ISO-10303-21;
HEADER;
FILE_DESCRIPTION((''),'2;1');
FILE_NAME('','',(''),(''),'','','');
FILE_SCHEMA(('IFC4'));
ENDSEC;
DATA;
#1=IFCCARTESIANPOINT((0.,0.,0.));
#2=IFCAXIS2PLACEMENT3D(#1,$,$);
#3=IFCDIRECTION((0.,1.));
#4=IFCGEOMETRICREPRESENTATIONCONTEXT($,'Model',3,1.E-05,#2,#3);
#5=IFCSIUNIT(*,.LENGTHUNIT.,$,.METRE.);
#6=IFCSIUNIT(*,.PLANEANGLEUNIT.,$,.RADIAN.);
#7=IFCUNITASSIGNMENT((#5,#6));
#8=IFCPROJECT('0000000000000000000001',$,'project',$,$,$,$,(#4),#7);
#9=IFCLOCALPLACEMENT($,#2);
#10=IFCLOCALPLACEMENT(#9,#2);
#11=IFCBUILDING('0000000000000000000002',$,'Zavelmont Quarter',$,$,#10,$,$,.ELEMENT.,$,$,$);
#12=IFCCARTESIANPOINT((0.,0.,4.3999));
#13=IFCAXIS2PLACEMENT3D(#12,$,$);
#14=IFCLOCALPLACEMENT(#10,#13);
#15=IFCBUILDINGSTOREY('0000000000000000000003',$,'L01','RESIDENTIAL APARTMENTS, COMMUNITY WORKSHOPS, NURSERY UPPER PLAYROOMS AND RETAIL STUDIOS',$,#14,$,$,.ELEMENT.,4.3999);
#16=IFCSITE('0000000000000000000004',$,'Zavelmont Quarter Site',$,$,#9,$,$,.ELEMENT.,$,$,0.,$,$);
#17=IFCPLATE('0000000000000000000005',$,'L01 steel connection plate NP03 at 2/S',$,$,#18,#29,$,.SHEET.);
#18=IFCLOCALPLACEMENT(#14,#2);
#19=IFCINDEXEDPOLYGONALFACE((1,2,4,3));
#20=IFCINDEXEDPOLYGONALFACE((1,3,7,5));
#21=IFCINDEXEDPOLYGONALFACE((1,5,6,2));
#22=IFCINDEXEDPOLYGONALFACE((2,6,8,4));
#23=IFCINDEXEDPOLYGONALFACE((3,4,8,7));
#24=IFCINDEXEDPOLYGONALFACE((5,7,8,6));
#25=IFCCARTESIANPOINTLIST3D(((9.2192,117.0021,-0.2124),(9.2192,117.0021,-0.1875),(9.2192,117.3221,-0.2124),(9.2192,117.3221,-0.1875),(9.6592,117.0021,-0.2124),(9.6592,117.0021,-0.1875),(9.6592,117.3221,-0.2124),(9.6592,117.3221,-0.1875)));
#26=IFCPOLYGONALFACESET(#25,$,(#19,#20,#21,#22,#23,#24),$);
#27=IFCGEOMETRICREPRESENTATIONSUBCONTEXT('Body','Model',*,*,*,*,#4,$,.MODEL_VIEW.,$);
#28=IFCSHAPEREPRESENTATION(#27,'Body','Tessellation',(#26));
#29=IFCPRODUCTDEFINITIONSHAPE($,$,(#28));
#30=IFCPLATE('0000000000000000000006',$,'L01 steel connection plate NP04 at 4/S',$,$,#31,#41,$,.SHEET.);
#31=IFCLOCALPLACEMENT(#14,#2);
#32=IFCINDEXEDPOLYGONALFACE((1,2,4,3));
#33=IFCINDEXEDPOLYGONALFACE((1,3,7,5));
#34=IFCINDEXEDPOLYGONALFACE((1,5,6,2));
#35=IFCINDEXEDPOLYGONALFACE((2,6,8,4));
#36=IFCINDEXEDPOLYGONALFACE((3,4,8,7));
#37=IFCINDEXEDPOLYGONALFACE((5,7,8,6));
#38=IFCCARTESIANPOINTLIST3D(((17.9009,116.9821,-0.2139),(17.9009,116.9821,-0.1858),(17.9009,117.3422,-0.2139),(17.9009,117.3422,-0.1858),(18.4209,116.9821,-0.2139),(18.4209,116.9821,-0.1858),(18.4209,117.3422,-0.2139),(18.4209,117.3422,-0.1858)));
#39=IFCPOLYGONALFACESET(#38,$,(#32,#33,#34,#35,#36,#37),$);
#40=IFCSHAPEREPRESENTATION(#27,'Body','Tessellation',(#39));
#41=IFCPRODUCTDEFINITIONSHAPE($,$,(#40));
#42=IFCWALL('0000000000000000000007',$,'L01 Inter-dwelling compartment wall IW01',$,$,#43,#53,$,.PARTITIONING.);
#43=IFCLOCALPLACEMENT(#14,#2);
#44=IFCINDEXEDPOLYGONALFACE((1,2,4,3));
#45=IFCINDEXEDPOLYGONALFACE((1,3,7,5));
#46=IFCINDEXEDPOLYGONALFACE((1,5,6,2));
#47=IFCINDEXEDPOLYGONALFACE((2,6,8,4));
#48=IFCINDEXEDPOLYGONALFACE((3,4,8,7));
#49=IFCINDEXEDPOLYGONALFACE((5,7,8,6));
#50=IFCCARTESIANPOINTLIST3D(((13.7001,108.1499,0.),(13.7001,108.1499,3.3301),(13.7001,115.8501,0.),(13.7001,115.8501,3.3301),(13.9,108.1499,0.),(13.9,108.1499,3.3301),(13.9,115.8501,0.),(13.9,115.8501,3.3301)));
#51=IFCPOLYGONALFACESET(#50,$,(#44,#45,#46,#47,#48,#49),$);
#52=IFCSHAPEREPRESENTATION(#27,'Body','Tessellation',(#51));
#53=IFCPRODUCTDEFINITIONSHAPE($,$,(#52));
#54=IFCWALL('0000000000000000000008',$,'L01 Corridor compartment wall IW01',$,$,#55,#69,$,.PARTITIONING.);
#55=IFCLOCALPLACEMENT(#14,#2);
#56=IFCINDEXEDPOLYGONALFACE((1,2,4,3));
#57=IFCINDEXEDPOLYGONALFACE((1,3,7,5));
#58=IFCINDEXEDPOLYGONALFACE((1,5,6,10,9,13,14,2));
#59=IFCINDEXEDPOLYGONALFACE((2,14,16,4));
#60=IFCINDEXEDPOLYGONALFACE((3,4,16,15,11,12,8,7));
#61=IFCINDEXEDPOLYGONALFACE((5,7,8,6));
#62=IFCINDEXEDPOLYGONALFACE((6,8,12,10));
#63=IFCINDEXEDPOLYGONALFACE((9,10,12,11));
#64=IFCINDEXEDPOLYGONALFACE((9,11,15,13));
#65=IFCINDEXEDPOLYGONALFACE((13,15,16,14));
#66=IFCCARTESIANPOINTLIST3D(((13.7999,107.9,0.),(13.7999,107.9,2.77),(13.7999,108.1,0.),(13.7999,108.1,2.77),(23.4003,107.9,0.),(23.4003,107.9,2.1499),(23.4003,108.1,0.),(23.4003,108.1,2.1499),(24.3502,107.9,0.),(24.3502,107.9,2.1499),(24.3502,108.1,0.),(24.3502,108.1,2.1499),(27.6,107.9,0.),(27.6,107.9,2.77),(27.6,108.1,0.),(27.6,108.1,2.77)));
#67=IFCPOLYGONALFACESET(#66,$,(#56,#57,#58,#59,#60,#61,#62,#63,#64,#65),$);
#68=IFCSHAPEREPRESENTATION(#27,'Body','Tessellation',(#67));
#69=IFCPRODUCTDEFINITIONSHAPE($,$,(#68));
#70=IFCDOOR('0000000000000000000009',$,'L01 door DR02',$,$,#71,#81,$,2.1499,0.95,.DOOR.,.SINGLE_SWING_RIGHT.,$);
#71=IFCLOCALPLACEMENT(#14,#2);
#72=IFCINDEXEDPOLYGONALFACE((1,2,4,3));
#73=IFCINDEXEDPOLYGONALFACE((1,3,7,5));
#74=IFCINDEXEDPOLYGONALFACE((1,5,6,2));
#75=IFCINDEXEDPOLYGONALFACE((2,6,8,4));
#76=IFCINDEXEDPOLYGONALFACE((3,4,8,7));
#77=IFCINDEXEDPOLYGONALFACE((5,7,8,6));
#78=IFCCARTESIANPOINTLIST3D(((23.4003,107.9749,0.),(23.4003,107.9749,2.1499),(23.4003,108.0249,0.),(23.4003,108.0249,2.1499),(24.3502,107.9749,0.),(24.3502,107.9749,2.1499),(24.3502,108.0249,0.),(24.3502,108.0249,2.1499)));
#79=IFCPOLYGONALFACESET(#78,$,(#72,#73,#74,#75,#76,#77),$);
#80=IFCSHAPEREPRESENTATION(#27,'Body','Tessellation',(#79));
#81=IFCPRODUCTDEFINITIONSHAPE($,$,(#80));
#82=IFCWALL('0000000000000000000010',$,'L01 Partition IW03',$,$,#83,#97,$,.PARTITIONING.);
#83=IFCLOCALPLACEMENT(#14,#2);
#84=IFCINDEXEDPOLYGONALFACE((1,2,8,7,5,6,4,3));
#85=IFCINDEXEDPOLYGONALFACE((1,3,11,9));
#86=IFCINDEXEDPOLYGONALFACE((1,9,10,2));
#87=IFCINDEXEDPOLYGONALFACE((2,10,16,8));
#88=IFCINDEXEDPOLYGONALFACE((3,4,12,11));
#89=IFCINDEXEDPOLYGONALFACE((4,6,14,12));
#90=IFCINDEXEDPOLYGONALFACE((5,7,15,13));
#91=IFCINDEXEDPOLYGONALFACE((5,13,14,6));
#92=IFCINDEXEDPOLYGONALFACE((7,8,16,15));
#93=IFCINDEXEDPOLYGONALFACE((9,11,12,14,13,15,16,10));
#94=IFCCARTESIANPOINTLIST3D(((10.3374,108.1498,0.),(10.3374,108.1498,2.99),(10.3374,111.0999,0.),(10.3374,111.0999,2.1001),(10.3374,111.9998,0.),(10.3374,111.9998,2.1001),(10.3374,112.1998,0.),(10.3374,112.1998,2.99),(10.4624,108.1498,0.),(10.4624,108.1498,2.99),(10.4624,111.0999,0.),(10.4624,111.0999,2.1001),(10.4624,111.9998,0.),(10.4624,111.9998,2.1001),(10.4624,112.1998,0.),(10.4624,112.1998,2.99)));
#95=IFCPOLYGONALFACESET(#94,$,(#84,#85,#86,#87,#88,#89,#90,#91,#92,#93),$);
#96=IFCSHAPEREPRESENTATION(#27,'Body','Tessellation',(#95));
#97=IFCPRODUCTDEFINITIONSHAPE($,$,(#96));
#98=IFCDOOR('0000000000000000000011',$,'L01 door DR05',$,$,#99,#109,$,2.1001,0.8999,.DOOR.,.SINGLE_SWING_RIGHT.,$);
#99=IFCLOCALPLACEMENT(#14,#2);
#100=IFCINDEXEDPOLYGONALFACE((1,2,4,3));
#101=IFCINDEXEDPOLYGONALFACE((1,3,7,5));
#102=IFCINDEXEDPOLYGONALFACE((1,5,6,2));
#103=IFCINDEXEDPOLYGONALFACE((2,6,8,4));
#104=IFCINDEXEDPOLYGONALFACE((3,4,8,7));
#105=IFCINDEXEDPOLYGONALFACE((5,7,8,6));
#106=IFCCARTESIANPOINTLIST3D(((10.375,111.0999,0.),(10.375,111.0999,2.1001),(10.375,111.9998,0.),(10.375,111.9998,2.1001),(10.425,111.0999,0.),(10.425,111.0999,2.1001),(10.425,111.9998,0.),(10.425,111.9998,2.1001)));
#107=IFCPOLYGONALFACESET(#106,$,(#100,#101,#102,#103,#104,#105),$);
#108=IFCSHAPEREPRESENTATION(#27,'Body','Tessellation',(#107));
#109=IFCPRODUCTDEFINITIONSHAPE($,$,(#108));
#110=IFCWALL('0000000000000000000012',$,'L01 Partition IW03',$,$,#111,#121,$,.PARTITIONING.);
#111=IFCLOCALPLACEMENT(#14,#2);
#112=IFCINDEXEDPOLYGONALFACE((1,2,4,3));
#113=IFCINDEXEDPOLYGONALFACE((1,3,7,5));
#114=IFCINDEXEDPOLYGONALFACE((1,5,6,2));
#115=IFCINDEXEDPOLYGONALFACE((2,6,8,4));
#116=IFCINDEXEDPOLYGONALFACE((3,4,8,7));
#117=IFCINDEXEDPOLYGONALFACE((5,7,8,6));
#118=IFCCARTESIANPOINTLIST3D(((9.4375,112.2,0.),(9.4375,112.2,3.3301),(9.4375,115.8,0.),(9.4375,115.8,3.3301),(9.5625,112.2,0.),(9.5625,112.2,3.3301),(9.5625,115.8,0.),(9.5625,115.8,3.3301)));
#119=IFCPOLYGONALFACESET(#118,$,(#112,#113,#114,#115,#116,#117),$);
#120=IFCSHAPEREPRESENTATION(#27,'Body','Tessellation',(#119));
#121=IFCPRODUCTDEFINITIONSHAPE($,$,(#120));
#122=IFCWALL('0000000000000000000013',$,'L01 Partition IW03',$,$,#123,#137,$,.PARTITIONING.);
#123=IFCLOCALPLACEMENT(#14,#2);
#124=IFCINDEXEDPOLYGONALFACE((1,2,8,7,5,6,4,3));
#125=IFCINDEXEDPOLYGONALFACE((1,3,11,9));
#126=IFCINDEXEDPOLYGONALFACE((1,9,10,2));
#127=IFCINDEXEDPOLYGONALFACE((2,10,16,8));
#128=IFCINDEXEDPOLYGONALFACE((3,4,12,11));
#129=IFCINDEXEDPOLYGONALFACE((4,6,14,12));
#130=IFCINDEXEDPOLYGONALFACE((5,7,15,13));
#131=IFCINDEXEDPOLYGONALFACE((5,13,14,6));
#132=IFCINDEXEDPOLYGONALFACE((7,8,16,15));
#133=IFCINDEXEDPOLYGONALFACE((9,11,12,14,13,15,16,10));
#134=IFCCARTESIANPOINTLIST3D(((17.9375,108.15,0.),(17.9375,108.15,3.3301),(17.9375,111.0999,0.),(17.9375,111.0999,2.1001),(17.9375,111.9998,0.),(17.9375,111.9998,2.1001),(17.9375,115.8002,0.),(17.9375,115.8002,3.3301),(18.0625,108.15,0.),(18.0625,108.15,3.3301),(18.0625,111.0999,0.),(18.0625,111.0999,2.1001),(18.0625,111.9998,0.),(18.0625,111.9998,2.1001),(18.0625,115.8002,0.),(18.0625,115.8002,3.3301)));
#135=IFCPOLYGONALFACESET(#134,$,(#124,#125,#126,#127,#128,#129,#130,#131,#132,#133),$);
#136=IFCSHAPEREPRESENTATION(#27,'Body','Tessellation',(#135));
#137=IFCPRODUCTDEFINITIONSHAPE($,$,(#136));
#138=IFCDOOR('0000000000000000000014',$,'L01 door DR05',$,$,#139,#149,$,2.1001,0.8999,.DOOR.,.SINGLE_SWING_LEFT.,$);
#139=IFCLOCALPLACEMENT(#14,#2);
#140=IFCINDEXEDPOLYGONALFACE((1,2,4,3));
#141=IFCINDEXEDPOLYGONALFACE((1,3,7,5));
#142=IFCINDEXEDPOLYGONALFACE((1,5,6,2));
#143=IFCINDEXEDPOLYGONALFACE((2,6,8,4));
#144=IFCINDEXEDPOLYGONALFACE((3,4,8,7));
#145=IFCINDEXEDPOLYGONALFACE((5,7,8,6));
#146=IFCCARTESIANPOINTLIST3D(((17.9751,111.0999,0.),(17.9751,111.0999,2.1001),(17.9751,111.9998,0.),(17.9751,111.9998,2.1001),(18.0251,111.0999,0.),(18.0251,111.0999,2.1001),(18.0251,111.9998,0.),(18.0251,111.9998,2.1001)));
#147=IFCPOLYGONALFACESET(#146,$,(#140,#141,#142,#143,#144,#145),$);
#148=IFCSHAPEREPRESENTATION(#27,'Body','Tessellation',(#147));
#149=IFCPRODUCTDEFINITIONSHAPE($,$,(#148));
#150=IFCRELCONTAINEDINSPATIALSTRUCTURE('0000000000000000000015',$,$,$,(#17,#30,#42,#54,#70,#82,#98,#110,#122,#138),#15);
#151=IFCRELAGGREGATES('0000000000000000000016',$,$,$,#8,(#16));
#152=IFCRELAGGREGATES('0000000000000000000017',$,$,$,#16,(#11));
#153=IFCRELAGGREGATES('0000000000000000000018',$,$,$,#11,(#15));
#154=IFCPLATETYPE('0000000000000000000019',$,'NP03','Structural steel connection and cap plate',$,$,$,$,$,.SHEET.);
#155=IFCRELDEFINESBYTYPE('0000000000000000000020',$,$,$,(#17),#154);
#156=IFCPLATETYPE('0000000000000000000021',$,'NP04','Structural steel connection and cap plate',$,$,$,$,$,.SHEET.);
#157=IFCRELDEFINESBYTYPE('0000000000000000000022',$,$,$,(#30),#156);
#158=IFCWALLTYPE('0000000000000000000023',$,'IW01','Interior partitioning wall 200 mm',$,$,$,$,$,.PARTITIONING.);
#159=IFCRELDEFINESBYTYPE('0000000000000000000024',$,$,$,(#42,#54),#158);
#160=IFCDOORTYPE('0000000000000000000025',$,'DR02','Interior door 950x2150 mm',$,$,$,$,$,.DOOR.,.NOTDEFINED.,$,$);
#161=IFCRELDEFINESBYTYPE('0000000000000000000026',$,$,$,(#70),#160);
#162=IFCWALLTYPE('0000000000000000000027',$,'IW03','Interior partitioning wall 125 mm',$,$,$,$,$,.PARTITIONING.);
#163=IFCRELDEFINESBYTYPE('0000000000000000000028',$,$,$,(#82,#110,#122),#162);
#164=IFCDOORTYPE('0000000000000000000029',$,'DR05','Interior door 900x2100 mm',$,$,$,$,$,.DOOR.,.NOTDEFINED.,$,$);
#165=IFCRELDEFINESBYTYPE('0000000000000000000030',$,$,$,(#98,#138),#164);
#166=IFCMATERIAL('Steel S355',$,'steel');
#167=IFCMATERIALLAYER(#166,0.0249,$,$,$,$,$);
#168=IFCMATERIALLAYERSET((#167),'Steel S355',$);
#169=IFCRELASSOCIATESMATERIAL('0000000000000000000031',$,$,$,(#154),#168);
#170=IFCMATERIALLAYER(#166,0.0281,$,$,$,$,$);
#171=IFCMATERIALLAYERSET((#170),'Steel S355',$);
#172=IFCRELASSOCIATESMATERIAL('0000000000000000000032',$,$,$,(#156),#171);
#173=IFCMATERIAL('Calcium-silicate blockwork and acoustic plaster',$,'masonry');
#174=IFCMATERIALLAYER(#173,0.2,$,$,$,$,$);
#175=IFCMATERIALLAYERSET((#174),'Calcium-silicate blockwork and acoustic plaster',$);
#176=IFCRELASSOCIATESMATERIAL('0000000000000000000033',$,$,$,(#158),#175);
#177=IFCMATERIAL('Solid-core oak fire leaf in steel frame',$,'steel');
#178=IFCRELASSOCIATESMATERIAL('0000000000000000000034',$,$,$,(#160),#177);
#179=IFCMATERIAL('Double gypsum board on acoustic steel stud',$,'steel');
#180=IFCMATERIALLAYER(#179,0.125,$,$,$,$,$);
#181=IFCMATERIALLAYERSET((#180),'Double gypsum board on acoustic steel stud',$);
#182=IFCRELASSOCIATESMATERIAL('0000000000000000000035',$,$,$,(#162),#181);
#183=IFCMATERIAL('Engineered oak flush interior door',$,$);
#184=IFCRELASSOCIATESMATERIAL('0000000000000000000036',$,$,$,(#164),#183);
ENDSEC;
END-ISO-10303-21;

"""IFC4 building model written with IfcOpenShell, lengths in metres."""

from ifc_helpers import new_model, si_unit, direction, frame, frame_2d, origin, origin_with_axes, origin_2d, place, context, subcontext, project, spatial, rectangle, extrude, material, layer, layer_set, type_object, element, fill, save


model = new_model("IFC4")

# Units and contexts
model_context = context("Model", 3, precision=1e-05, world=origin(), true_north=direction((0.0, 1.0)))
body_context = subcontext(model_context, "Body", "Model", "MODEL_VIEW")
ifc_project = project(units=[si_unit("LENGTHUNIT", "METRE"), si_unit("PLANEANGLEUNIT", "RADIAN")], contexts=[model_context])

# Site, building, storey
site_placement = place(None, origin())
site = spatial("IfcSite", under=ifc_project, at=site_placement, Name="Zavelmont Quarter Site", CompositionType="ELEMENT", RefElevation=0.0)
building_placement = place(site_placement, origin())
building = spatial("IfcBuilding", under=site, at=building_placement, Name="Zavelmont Quarter", CompositionType="ELEMENT")
storey_placement = place(building_placement, frame((0.0, 0.0, 4.3999)))
storey = spatial("IfcBuildingStorey", under=building, at=storey_placement, Name="L01", Description="RESIDENTIAL APARTMENTS, COMMUNITY WORKSHOPS, NURSERY UPPER PLAYROOMS AND RETAIL STUDIOS", CompositionType="ELEMENT", Elevation=4.3999)

# Shared definitions
ifc_material_1 = material(Name="Steel S355", Category="steel")

# Plates
ifc_layer_1 = layer(ifc_material_1, 0.0249)
ifc_layer_set_1 = layer_set([ifc_layer_1], Name="Steel S355")
plate_type_1 = type_object("IfcPlateType", Name="NP03", Description="Structural steel connection and cap plate", PredefinedType="SHEET", material=ifc_layer_set_1)
plate_1_placement = place(storey_placement, frame((9.4392, 117.1621, -0.2124), z_axis=(0.0, 0.0, 1.0), x_axis=(1.0, 0.0, 0.0)))
element("IfcPlate", 1, at=plate_1_placement, inside=storey, type_object=plate_type_1, Name="L01 steel connection plate NP03 at 2/S", PredefinedType="SHEET", context=body_context, shape_type="SweptSolid", body=[
    extrude(rectangle(XDim=0.4399, YDim=0.3201, at=origin_2d()), origin(), (0.0, 0.0, 1.0), 0.0249),
])
ifc_layer_2 = layer(ifc_material_1, 0.0281)
ifc_layer_set_2 = layer_set([ifc_layer_2], Name="Steel S355")
plate_type_2 = type_object("IfcPlateType", Name="NP04", Description="Structural steel connection and cap plate", PredefinedType="SHEET", material=ifc_layer_set_2)
plate_2_placement = place(storey_placement, frame((18.1609, 117.1621, -0.2139), z_axis=(0.0, 0.0, 1.0), x_axis=(1.0, 0.0, 0.0)))
element("IfcPlate", 2, at=plate_2_placement, inside=storey, type_object=plate_type_2, Name="L01 steel connection plate NP04 at 4/S", PredefinedType="SHEET", context=body_context, shape_type="SweptSolid", body=[
    extrude(rectangle(XDim=0.52, YDim=0.3601, at=origin_2d()), origin(), (0.0, 0.0, 1.0), 0.0281),
])

# Wall
ifc_material_2 = material(Name="Calcium-silicate blockwork and acoustic plaster", Category="masonry")
ifc_layer_3 = layer(ifc_material_2, 0.2)
ifc_layer_set_3 = layer_set([ifc_layer_3], Name="Calcium-silicate blockwork and acoustic plaster")
wall_type_1 = type_object("IfcWallType", Name="IW01", Description="Interior partitioning wall 200 mm", PredefinedType="PARTITIONING", material=ifc_layer_set_3)
wall_1_placement = place(storey_placement, frame((13.8, 108.1499, 0.0), z_axis=(0.0, 0.0, 1.0), x_axis=(0.0, 1.0, 0.0)))
element("IfcWall", 3, at=wall_1_placement, inside=storey, type_object=wall_type_1, Name="L01 Inter-dwelling compartment wall IW01", PredefinedType="PARTITIONING", context=body_context, shape_type="SweptSolid", body=[
    extrude(rectangle(XDim=7.7002, YDim=0.2, at=frame_2d((3.8501, 0.0))), origin(), (0.0, 0.0, 1.0), 3.3301),
])

# Walls, openings, doors
wall_2_placement = place(storey_placement, frame((13.8, 108.0, 0.0), z_axis=(0.0, 0.0, 1.0), x_axis=(1.0, 0.0, 0.0)))
wall_2 = element("IfcWall", 4, at=wall_2_placement, inside=storey, type_object=wall_type_1, Name="L01 Corridor compartment wall IW01", PredefinedType="PARTITIONING", context=body_context, shape_type="SweptSolid", body=[
    extrude(rectangle(XDim=13.8, YDim=0.2, at=frame_2d((6.8999, 0.0))), origin(), (0.0, 0.0, 1.0), 2.77),
])
opening_1_placement = place(wall_2_placement, frame((9.6001, 0.0, 0.0)))
opening_1 = element("IfcOpeningElement", 5, at=opening_1_placement, cuts=wall_2, PredefinedType="OPENING", context=body_context, shape_type="SweptSolid", body=[
    extrude(rectangle(XDim=0.95, YDim=2.1499, at=frame_2d((0.4751, 1.075))), frame((0.0, 0.1118, 0.0), z_axis=(0.0, -1.0, 0.0), x_axis=(1.0, 0.0, 0.0)), (0.0, 0.0, 1.0), 0.2239),
])
ifc_material_3 = material(Name="Solid-core oak fire leaf in steel frame", Category="steel")
door_type_1 = type_object("IfcDoorType", Name="DR02", Description="Interior door 950x2150 mm", OperationType="NOTDEFINED", PredefinedType="DOOR", material=ifc_material_3)
door_1_placement = place(opening_1_placement, origin_with_axes())
door_1 = element("IfcDoor", 6, at=door_1_placement, inside=storey, type_object=door_type_1, Name="L01 door DR02", OperationType="SINGLE_SWING_RIGHT", OverallHeight=2.1499, OverallWidth=0.95, PredefinedType="DOOR", context=body_context, shape_type="SweptSolid", body=[
    extrude(rectangle(XDim=0.95, YDim=2.1499, at=frame_2d((0.4751, 1.075))), frame((0.0, 0.0249, 0.0), z_axis=(0.0, -1.0, 0.0), x_axis=(1.0, 0.0, 0.0)), (0.0, 0.0, 1.0), 0.05),
])
fill(opening_1, door_1)
ifc_material_4 = material(Name="Double gypsum board on acoustic steel stud", Category="steel")
ifc_layer_4 = layer(ifc_material_4, 0.125)
ifc_layer_set_4 = layer_set([ifc_layer_4], Name="Double gypsum board on acoustic steel stud")
wall_type_2 = type_object("IfcWallType", Name="IW03", Description="Interior partitioning wall 125 mm", PredefinedType="PARTITIONING", material=ifc_layer_set_4)
wall_3_placement = place(storey_placement, frame((10.3999, 108.1499, 0.0), z_axis=(0.0, 0.0, 1.0), x_axis=(0.0, 1.0, 0.0)))
wall_3 = element("IfcWall", 7, at=wall_3_placement, inside=storey, type_object=wall_type_2, Name="L01 Partition IW03", PredefinedType="PARTITIONING", context=body_context, shape_type="SweptSolid", body=[
    extrude(rectangle(XDim=4.05, YDim=0.125, at=frame_2d((2.0249, 0.0))), origin(), (0.0, 0.0, 1.0), 2.99),
])
opening_2_placement = place(wall_3_placement, frame((2.95, 0.0, 0.0)))
opening_2 = element("IfcOpeningElement", 8, at=opening_2_placement, cuts=wall_3, PredefinedType="OPENING", context=body_context, shape_type="SweptSolid", body=[
    extrude(rectangle(XDim=0.8999, YDim=2.1001, at=frame_2d((0.45, 1.05))), frame((0.0, 0.0745, 0.0), z_axis=(0.0, -1.0, 0.0), x_axis=(1.0, 0.0, 0.0)), (0.0, 0.0, 1.0), 0.1489),
])
ifc_material_5 = material(Name="Engineered oak flush interior door")
door_type_2 = type_object("IfcDoorType", Name="DR05", Description="Interior door 900x2100 mm", OperationType="NOTDEFINED", PredefinedType="DOOR", material=ifc_material_5)
door_2_placement = place(opening_2_placement, origin_with_axes())
door_2 = element("IfcDoor", 9, at=door_2_placement, inside=storey, type_object=door_type_2, Name="L01 door DR05", OperationType="SINGLE_SWING_RIGHT", OverallHeight=2.1001, OverallWidth=0.8999, PredefinedType="DOOR", context=body_context, shape_type="SweptSolid", body=[
    extrude(rectangle(XDim=0.8999, YDim=2.1001, at=frame_2d((0.45, 1.05))), frame((0.0, 0.0249, 0.0), z_axis=(0.0, -1.0, 0.0), x_axis=(1.0, 0.0, 0.0)), (0.0, 0.0, 1.0), 0.05),
])
fill(opening_2, door_2)

# Wall
wall_4_placement = place(storey_placement, frame((9.5, 112.2, 0.0), z_axis=(0.0, 0.0, 1.0), x_axis=(0.0, 1.0, 0.0)))
element("IfcWall", 10, at=wall_4_placement, inside=storey, type_object=wall_type_2, Name="L01 Partition IW03", PredefinedType="PARTITIONING", context=body_context, shape_type="SweptSolid", body=[
    extrude(rectangle(XDim=3.6001, YDim=0.125, at=frame_2d((1.8, 0.0))), origin(), (0.0, 0.0, 1.0), 3.3301),
])

# Wall, opening, door
wall_5_placement = place(storey_placement, frame((18.0, 108.1499, 0.0), z_axis=(0.0, 0.0, 1.0), x_axis=(0.0, 1.0, 0.0)))
wall_5 = element("IfcWall", 11, at=wall_5_placement, inside=storey, type_object=wall_type_2, Name="L01 Partition IW03", PredefinedType="PARTITIONING", context=body_context, shape_type="SweptSolid", body=[
    extrude(rectangle(XDim=7.6501, YDim=0.125, at=frame_2d((3.8252, 0.0))), origin(), (0.0, 0.0, 1.0), 3.3301),
])
opening_3_placement = place(wall_5_placement, frame((2.95, 0.0, 0.0)))
opening_3 = element("IfcOpeningElement", 12, at=opening_3_placement, cuts=wall_5, PredefinedType="OPENING", context=body_context, shape_type="SweptSolid", body=[
    extrude(rectangle(XDim=0.8999, YDim=2.1001, at=frame_2d((0.45, 1.05))), frame((0.0, 0.0745, 0.0), z_axis=(0.0, -1.0, 0.0), x_axis=(1.0, 0.0, 0.0)), (0.0, 0.0, 1.0), 0.1489),
])
door_3_placement = place(opening_3_placement, origin_with_axes())
door_3 = element("IfcDoor", 13, at=door_3_placement, inside=storey, type_object=door_type_2, Name="L01 door DR05", OperationType="SINGLE_SWING_LEFT", OverallHeight=2.1001, OverallWidth=0.8999, PredefinedType="DOOR", context=body_context, shape_type="SweptSolid", body=[
    extrude(rectangle(XDim=0.8999, YDim=2.1001, at=frame_2d((0.45, 1.05))), frame((0.0, 0.0249, 0.0), z_axis=(0.0, -1.0, 0.0), x_axis=(1.0, 0.0, 0.0)), (0.0, 0.0, 1.0), 0.05),
])
fill(opening_3, door_3)

save(model, "model.ifc")
